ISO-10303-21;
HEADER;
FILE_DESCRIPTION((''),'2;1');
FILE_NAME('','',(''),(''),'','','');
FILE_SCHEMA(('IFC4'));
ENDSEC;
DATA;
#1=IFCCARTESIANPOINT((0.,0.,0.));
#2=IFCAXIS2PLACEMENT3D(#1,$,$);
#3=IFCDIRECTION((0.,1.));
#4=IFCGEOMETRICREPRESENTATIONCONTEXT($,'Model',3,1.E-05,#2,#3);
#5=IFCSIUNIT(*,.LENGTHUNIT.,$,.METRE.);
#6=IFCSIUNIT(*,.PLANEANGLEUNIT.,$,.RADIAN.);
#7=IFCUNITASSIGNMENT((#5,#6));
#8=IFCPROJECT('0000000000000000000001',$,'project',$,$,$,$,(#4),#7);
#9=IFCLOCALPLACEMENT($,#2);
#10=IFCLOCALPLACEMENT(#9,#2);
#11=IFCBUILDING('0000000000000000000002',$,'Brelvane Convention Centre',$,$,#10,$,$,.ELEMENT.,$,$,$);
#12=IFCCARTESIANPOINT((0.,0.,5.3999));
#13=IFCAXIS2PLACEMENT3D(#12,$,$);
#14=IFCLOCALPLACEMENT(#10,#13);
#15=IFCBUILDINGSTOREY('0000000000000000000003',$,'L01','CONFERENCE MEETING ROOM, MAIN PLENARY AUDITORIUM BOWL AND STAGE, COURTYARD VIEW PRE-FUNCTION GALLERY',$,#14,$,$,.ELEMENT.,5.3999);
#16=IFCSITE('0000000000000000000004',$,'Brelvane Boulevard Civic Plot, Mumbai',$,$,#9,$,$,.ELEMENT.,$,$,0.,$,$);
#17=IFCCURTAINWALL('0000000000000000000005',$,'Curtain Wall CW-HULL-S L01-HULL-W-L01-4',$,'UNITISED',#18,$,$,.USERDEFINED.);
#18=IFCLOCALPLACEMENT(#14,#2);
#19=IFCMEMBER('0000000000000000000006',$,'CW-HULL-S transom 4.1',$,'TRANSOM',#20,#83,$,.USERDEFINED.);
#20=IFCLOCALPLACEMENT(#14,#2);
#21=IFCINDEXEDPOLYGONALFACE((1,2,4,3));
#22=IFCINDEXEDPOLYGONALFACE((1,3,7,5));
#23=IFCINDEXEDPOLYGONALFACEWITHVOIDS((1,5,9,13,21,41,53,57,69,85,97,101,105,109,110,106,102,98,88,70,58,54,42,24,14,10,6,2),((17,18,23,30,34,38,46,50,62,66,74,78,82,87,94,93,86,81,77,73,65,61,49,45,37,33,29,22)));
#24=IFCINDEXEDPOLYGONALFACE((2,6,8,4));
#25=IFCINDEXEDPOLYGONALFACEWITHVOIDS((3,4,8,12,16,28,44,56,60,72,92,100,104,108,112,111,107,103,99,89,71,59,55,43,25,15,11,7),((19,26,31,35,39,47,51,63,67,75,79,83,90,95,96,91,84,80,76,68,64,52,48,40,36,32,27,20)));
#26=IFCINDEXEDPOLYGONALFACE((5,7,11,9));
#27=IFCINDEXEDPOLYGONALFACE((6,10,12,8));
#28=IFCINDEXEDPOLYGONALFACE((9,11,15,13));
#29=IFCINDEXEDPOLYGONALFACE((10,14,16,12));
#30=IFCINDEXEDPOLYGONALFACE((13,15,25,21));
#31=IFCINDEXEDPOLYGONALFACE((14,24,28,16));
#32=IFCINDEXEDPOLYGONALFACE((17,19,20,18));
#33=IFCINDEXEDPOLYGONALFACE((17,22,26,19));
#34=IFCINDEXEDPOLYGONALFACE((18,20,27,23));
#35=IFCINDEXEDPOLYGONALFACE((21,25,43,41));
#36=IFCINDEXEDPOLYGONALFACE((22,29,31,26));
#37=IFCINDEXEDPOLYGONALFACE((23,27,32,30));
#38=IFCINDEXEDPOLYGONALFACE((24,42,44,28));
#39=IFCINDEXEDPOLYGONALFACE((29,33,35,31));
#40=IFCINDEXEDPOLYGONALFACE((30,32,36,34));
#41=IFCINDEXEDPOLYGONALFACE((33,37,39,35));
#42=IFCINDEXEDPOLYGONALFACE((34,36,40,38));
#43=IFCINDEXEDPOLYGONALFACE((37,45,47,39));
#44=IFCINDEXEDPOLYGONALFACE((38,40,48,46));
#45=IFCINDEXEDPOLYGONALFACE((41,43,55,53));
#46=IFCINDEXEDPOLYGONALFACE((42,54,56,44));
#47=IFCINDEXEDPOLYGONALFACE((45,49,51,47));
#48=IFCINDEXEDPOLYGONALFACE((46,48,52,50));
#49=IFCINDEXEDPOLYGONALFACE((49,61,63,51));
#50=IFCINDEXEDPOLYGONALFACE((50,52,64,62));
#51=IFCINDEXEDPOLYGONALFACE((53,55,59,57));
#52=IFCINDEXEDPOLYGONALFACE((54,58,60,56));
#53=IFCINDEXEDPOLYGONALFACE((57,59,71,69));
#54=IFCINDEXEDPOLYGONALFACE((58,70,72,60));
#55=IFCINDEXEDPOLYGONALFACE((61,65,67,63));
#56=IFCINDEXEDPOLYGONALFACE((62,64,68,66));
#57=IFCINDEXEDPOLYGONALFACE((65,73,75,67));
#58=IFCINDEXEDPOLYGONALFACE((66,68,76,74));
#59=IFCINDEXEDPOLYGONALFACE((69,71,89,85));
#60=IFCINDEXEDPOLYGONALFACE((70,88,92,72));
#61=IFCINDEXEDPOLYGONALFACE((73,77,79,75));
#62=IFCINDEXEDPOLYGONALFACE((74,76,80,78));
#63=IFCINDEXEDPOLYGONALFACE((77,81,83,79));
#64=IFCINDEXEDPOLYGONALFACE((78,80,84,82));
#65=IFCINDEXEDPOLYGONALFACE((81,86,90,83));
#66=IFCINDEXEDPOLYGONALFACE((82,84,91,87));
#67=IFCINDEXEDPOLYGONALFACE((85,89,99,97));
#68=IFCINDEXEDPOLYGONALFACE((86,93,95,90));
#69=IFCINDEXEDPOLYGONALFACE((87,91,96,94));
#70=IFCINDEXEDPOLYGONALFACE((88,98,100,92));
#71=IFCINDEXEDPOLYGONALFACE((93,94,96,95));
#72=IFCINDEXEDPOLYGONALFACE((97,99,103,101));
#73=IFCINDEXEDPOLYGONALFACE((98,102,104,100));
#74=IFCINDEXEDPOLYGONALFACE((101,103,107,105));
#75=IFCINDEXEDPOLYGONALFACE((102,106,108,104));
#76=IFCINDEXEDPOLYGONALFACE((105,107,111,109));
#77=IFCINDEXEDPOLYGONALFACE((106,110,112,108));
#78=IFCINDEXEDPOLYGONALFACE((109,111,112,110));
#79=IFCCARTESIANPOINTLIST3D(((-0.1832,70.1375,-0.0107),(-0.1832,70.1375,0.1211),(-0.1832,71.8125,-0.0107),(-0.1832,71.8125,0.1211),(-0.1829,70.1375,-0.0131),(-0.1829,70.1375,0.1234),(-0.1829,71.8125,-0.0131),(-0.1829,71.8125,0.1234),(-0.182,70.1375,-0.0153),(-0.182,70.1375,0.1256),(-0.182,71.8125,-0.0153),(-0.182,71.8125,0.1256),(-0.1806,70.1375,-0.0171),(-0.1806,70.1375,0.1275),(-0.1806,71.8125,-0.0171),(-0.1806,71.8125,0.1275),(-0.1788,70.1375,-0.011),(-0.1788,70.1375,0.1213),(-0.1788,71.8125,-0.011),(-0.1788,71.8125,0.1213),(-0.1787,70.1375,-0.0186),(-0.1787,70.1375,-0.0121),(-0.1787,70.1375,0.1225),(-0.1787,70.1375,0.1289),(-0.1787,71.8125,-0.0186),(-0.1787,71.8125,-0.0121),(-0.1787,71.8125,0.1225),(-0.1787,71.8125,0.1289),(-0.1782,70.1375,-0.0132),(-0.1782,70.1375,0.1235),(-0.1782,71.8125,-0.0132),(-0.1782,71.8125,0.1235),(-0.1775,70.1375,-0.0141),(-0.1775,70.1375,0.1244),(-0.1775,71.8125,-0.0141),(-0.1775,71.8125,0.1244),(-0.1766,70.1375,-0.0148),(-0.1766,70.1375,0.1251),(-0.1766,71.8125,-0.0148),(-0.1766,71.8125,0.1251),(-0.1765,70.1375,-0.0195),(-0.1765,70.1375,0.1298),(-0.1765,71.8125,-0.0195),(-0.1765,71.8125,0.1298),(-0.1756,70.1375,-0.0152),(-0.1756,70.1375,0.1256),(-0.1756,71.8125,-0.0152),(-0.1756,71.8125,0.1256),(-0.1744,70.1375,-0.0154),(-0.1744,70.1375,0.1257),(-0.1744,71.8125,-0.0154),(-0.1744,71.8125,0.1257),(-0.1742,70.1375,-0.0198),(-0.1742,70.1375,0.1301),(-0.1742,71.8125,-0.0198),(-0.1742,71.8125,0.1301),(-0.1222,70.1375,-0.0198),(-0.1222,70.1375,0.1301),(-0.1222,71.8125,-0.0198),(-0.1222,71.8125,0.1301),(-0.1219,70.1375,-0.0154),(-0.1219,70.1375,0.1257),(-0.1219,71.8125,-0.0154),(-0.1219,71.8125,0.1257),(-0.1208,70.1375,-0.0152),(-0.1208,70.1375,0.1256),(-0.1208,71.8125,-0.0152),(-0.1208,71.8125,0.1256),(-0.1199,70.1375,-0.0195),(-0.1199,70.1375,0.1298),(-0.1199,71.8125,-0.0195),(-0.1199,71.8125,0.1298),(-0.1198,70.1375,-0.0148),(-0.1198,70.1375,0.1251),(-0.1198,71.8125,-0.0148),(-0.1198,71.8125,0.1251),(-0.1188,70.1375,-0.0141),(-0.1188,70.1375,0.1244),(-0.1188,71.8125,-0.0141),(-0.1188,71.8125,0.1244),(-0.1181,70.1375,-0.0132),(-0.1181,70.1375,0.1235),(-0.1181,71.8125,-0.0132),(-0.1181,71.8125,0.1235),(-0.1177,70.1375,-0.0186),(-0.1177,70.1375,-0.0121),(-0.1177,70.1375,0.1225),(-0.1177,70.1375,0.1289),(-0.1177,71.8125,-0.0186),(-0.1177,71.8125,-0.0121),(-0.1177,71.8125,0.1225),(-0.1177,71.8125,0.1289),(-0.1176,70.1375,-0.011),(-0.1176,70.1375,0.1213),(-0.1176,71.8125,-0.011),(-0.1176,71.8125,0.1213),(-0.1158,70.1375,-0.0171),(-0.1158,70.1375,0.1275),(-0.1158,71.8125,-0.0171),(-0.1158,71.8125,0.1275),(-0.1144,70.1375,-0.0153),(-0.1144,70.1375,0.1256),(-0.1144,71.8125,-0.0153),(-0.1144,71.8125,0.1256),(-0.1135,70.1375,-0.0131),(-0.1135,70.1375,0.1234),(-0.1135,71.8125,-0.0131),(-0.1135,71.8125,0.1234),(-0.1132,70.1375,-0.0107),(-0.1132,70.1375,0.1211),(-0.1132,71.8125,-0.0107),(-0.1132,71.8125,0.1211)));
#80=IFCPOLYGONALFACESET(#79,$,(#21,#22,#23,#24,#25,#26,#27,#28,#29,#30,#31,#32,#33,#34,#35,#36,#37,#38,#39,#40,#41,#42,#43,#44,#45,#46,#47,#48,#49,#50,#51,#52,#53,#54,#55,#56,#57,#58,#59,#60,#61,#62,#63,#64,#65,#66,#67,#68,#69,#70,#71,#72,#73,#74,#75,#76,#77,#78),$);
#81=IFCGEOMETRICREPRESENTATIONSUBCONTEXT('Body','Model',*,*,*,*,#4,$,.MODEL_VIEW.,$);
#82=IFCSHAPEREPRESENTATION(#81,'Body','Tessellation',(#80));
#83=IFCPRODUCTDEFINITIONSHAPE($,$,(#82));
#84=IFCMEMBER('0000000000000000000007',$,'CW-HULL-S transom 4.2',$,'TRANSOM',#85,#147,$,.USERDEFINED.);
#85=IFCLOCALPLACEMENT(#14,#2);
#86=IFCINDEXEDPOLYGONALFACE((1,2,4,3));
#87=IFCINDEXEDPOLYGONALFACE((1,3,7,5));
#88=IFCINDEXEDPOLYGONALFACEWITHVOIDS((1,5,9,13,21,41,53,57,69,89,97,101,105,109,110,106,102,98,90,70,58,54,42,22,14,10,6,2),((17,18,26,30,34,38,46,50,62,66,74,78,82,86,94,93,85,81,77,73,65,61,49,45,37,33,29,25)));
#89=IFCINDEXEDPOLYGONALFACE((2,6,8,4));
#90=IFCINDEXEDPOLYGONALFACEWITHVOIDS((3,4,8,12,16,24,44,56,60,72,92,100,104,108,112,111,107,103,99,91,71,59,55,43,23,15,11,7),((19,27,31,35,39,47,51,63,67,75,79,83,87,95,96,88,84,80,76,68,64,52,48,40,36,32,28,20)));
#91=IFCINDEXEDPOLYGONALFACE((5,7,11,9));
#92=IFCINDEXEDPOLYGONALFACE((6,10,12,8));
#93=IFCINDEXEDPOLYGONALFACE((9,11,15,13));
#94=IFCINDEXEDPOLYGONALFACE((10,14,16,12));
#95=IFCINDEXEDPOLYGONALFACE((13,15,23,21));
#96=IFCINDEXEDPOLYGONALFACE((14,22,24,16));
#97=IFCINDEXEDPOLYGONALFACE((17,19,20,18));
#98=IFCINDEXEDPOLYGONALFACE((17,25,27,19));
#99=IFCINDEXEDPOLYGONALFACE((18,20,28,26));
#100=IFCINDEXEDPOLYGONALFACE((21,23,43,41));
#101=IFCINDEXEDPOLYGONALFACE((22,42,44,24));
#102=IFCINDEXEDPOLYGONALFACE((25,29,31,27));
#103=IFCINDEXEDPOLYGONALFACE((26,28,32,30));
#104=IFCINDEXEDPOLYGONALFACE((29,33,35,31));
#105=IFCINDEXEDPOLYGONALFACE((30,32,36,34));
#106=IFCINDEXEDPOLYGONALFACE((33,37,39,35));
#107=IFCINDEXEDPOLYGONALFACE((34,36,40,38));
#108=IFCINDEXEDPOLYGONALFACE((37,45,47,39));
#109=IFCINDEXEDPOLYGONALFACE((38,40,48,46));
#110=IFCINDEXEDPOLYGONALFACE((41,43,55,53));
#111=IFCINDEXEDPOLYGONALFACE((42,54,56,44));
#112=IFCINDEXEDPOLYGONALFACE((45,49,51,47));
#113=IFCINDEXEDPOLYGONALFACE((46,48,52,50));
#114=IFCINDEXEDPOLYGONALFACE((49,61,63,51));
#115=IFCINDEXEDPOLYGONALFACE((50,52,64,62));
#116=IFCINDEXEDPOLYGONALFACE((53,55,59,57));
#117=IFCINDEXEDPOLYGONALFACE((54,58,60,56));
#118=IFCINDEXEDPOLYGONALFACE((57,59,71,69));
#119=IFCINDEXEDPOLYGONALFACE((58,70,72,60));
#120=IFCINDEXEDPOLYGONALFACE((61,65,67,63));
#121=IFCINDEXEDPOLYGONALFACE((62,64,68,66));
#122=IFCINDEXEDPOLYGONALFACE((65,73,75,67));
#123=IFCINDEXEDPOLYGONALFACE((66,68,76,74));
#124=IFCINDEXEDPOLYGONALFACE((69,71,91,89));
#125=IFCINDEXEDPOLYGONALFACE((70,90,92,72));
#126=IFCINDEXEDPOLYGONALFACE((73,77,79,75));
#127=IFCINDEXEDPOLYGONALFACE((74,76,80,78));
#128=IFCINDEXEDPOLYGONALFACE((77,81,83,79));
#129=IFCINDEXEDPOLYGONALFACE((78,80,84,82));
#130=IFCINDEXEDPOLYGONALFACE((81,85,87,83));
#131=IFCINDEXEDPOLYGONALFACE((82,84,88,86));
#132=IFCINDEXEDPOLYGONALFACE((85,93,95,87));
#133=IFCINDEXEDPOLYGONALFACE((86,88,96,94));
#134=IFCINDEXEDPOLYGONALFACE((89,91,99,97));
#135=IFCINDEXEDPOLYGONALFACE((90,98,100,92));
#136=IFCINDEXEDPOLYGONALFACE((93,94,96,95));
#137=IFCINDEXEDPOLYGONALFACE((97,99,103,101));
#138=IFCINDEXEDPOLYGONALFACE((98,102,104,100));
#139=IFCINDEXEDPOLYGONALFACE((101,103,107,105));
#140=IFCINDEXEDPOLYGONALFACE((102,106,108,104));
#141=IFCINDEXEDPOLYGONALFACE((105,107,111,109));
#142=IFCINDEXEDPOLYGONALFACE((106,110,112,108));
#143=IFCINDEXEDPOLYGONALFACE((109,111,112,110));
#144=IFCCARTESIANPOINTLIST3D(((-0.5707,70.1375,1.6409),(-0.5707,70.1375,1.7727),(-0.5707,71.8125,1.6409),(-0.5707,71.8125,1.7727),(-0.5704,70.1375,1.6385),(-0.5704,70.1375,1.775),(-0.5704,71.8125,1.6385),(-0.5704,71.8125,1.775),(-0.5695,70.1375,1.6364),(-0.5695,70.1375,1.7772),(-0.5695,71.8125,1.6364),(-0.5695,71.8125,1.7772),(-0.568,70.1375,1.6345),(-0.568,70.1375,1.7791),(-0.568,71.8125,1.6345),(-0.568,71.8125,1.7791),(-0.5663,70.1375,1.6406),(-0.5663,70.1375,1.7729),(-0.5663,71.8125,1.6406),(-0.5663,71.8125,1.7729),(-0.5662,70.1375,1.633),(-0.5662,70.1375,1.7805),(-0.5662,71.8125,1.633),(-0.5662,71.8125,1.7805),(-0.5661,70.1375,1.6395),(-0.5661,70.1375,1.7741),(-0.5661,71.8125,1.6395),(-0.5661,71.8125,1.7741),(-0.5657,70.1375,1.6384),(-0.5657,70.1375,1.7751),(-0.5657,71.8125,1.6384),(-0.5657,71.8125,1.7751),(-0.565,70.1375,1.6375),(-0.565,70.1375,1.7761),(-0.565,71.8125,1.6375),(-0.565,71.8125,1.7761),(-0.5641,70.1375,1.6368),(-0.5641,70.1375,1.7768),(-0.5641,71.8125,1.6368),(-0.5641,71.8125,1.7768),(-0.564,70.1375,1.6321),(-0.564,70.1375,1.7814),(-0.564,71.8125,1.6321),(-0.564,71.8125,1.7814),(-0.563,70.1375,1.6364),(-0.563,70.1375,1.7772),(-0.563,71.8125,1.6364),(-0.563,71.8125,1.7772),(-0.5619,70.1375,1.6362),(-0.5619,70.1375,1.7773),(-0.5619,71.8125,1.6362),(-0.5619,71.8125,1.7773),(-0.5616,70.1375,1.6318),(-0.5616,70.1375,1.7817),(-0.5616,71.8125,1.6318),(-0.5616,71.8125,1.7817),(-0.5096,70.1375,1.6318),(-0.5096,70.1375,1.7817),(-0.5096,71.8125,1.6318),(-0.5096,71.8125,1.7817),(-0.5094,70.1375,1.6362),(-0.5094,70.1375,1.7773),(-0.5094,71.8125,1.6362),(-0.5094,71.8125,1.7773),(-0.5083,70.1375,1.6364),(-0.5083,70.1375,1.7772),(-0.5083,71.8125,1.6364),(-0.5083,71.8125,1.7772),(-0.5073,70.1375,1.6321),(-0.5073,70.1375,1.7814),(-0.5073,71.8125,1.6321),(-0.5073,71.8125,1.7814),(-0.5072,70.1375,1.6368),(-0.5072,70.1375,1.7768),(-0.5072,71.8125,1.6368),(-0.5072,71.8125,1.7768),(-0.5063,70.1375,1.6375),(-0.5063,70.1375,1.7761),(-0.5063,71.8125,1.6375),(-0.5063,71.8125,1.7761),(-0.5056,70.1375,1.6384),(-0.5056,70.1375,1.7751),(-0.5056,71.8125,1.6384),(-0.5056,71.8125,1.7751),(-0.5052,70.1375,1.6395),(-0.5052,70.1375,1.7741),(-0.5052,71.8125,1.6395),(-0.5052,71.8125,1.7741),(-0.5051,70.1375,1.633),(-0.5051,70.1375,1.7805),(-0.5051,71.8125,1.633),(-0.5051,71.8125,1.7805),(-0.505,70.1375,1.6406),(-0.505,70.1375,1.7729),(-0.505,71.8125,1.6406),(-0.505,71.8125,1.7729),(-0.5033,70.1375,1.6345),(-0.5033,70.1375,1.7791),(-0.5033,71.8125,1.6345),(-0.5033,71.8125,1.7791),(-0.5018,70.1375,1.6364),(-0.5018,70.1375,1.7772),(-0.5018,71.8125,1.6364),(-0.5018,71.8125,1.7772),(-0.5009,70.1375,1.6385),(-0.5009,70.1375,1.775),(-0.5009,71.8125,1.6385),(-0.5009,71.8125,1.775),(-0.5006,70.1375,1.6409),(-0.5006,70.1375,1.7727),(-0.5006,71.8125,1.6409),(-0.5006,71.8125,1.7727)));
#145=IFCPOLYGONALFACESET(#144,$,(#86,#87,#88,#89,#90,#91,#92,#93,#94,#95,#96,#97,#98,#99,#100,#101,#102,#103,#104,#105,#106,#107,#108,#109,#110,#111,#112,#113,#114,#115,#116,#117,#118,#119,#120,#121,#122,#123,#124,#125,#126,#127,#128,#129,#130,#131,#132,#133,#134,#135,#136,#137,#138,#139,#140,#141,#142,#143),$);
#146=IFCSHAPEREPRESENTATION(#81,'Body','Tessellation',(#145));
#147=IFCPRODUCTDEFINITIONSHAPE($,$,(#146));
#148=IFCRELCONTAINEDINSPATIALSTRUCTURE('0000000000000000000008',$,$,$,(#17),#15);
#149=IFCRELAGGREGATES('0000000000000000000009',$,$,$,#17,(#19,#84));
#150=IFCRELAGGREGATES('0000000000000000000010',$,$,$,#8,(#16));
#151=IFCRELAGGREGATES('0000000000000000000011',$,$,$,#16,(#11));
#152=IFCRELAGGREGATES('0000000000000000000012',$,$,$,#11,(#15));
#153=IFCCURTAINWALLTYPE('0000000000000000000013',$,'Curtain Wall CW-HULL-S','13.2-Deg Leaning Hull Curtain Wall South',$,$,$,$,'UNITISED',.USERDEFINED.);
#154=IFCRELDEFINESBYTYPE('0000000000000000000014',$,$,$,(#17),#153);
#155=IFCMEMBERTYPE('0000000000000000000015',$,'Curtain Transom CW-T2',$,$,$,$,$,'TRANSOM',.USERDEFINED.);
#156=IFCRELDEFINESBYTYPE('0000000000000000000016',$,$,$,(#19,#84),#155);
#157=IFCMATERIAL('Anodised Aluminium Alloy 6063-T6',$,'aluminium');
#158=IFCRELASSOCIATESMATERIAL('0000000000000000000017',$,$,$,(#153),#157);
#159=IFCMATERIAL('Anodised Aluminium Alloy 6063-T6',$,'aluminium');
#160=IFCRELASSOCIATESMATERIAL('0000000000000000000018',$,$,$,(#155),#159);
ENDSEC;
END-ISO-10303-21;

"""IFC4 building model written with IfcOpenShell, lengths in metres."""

from ifc_helpers import new_model, si_unit, direction, frame, origin, origin_2d, place, context, subcontext, project, spatial, hollow_rectangle, extrude, material, material_profile, profile_set, type_object, element, aggregate, save


model = new_model("IFC4")

# Units and contexts
model_context = context("Model", 3, precision=1e-05, world=origin(), true_north=direction((0.0, 1.0)))
body_context = subcontext(model_context, "Body", "Model", "MODEL_VIEW")
ifc_project = project(units=[si_unit("LENGTHUNIT", "METRE"), si_unit("PLANEANGLEUNIT", "RADIAN")], contexts=[model_context])

# Site, building, storey
site_placement = place(None, origin())
site = spatial("IfcSite", under=ifc_project, at=site_placement, Name="Brelvane Boulevard Civic Plot, Mumbai", CompositionType="ELEMENT", RefElevation=0.0)
building_placement = place(site_placement, origin())
building = spatial("IfcBuilding", under=site, at=building_placement, Name="Brelvane Convention Centre", CompositionType="ELEMENT")
storey_placement = place(building_placement, frame((0.0, 0.0, 5.3999)))
storey = spatial("IfcBuildingStorey", under=building, at=storey_placement, Name="L01", Description="CONFERENCE MEETING ROOM, MAIN PLENARY AUDITORIUM BOWL AND STAGE, COURTYARD VIEW PRE-FUNCTION GALLERY", CompositionType="ELEMENT", Elevation=5.3999)

# Curtain wall, members
ifc_material_1 = material(Name="Anodised Aluminium Alloy 6063-T6", Category="aluminium")
curtain_wall_type = type_object("IfcCurtainWallType", Name="Curtain Wall CW-HULL-S", Description="13.2-Deg Leaning Hull Curtain Wall South", ElementType="UNITISED", PredefinedType="USERDEFINED", material=ifc_material_1)
curtain_wall_placement = place(storey_placement, origin())
curtain_wall = element("IfcCurtainWall", 1, at=curtain_wall_placement, inside=storey, type_object=curtain_wall_type, Name="Curtain Wall CW-HULL-S L01-HULL-W-L01-4", ObjectType="UNITISED", PredefinedType="USERDEFINED")
ifc_material_2 = material(Name="Anodised Aluminium Alloy 6063-T6", Category="aluminium")
ifc_material_profile_1 = material_profile(ifc_material_2, hollow_rectangle(XDim=0.0701, YDim=0.1499, WallThickness=0.0044, InnerFilletRadius=0.0044, OuterFilletRadius=0.009, at=origin_2d()), Name="ALU-T 150x70x4.5")
ifc_profile_set_1 = profile_set([ifc_material_profile_1], Name="Anodised Aluminium Alloy 6063-T6")
member_type_1 = type_object("IfcMemberType", Name="Curtain Transom CW-T2", ElementType="TRANSOM", PredefinedType="USERDEFINED", material=ifc_profile_set_1)
member_1_placement = place(storey_placement, frame((-0.1482, 70.1375, 0.0552), z_axis=(0.0, 1.0, 0.0), x_axis=(-1.0, 0.0, 0.0)))
member_1 = element("IfcMember", 2, at=member_1_placement, type_object=member_type_1, Name="CW-HULL-S transom 4.1", ObjectType="TRANSOM", PredefinedType="USERDEFINED", context=body_context, shape_type="SweptSolid", body=[
    extrude(hollow_rectangle(XDim=0.0701, YDim=0.1499, WallThickness=0.0044, InnerFilletRadius=0.0044, OuterFilletRadius=0.009, at=origin_2d()), origin(), (0.0, 0.0, 1.0), 1.675),
])
member_2_placement = place(storey_placement, frame((-0.5356, 70.1375, 1.7068), z_axis=(0.0, 1.0, 0.0), x_axis=(-1.0, 0.0, 0.0)))
member_2 = element("IfcMember", 3, at=member_2_placement, type_object=member_type_1, Name="CW-HULL-S transom 4.2", ObjectType="TRANSOM", PredefinedType="USERDEFINED", context=body_context, shape_type="SweptSolid", body=[
    extrude(hollow_rectangle(XDim=0.0701, YDim=0.1499, WallThickness=0.0044, InnerFilletRadius=0.0044, OuterFilletRadius=0.009, at=origin_2d()), origin(), (0.0, 0.0, 1.0), 1.675),
])
aggregate(curtain_wall, [member_1, member_2])

save(model, "model.ifc")
